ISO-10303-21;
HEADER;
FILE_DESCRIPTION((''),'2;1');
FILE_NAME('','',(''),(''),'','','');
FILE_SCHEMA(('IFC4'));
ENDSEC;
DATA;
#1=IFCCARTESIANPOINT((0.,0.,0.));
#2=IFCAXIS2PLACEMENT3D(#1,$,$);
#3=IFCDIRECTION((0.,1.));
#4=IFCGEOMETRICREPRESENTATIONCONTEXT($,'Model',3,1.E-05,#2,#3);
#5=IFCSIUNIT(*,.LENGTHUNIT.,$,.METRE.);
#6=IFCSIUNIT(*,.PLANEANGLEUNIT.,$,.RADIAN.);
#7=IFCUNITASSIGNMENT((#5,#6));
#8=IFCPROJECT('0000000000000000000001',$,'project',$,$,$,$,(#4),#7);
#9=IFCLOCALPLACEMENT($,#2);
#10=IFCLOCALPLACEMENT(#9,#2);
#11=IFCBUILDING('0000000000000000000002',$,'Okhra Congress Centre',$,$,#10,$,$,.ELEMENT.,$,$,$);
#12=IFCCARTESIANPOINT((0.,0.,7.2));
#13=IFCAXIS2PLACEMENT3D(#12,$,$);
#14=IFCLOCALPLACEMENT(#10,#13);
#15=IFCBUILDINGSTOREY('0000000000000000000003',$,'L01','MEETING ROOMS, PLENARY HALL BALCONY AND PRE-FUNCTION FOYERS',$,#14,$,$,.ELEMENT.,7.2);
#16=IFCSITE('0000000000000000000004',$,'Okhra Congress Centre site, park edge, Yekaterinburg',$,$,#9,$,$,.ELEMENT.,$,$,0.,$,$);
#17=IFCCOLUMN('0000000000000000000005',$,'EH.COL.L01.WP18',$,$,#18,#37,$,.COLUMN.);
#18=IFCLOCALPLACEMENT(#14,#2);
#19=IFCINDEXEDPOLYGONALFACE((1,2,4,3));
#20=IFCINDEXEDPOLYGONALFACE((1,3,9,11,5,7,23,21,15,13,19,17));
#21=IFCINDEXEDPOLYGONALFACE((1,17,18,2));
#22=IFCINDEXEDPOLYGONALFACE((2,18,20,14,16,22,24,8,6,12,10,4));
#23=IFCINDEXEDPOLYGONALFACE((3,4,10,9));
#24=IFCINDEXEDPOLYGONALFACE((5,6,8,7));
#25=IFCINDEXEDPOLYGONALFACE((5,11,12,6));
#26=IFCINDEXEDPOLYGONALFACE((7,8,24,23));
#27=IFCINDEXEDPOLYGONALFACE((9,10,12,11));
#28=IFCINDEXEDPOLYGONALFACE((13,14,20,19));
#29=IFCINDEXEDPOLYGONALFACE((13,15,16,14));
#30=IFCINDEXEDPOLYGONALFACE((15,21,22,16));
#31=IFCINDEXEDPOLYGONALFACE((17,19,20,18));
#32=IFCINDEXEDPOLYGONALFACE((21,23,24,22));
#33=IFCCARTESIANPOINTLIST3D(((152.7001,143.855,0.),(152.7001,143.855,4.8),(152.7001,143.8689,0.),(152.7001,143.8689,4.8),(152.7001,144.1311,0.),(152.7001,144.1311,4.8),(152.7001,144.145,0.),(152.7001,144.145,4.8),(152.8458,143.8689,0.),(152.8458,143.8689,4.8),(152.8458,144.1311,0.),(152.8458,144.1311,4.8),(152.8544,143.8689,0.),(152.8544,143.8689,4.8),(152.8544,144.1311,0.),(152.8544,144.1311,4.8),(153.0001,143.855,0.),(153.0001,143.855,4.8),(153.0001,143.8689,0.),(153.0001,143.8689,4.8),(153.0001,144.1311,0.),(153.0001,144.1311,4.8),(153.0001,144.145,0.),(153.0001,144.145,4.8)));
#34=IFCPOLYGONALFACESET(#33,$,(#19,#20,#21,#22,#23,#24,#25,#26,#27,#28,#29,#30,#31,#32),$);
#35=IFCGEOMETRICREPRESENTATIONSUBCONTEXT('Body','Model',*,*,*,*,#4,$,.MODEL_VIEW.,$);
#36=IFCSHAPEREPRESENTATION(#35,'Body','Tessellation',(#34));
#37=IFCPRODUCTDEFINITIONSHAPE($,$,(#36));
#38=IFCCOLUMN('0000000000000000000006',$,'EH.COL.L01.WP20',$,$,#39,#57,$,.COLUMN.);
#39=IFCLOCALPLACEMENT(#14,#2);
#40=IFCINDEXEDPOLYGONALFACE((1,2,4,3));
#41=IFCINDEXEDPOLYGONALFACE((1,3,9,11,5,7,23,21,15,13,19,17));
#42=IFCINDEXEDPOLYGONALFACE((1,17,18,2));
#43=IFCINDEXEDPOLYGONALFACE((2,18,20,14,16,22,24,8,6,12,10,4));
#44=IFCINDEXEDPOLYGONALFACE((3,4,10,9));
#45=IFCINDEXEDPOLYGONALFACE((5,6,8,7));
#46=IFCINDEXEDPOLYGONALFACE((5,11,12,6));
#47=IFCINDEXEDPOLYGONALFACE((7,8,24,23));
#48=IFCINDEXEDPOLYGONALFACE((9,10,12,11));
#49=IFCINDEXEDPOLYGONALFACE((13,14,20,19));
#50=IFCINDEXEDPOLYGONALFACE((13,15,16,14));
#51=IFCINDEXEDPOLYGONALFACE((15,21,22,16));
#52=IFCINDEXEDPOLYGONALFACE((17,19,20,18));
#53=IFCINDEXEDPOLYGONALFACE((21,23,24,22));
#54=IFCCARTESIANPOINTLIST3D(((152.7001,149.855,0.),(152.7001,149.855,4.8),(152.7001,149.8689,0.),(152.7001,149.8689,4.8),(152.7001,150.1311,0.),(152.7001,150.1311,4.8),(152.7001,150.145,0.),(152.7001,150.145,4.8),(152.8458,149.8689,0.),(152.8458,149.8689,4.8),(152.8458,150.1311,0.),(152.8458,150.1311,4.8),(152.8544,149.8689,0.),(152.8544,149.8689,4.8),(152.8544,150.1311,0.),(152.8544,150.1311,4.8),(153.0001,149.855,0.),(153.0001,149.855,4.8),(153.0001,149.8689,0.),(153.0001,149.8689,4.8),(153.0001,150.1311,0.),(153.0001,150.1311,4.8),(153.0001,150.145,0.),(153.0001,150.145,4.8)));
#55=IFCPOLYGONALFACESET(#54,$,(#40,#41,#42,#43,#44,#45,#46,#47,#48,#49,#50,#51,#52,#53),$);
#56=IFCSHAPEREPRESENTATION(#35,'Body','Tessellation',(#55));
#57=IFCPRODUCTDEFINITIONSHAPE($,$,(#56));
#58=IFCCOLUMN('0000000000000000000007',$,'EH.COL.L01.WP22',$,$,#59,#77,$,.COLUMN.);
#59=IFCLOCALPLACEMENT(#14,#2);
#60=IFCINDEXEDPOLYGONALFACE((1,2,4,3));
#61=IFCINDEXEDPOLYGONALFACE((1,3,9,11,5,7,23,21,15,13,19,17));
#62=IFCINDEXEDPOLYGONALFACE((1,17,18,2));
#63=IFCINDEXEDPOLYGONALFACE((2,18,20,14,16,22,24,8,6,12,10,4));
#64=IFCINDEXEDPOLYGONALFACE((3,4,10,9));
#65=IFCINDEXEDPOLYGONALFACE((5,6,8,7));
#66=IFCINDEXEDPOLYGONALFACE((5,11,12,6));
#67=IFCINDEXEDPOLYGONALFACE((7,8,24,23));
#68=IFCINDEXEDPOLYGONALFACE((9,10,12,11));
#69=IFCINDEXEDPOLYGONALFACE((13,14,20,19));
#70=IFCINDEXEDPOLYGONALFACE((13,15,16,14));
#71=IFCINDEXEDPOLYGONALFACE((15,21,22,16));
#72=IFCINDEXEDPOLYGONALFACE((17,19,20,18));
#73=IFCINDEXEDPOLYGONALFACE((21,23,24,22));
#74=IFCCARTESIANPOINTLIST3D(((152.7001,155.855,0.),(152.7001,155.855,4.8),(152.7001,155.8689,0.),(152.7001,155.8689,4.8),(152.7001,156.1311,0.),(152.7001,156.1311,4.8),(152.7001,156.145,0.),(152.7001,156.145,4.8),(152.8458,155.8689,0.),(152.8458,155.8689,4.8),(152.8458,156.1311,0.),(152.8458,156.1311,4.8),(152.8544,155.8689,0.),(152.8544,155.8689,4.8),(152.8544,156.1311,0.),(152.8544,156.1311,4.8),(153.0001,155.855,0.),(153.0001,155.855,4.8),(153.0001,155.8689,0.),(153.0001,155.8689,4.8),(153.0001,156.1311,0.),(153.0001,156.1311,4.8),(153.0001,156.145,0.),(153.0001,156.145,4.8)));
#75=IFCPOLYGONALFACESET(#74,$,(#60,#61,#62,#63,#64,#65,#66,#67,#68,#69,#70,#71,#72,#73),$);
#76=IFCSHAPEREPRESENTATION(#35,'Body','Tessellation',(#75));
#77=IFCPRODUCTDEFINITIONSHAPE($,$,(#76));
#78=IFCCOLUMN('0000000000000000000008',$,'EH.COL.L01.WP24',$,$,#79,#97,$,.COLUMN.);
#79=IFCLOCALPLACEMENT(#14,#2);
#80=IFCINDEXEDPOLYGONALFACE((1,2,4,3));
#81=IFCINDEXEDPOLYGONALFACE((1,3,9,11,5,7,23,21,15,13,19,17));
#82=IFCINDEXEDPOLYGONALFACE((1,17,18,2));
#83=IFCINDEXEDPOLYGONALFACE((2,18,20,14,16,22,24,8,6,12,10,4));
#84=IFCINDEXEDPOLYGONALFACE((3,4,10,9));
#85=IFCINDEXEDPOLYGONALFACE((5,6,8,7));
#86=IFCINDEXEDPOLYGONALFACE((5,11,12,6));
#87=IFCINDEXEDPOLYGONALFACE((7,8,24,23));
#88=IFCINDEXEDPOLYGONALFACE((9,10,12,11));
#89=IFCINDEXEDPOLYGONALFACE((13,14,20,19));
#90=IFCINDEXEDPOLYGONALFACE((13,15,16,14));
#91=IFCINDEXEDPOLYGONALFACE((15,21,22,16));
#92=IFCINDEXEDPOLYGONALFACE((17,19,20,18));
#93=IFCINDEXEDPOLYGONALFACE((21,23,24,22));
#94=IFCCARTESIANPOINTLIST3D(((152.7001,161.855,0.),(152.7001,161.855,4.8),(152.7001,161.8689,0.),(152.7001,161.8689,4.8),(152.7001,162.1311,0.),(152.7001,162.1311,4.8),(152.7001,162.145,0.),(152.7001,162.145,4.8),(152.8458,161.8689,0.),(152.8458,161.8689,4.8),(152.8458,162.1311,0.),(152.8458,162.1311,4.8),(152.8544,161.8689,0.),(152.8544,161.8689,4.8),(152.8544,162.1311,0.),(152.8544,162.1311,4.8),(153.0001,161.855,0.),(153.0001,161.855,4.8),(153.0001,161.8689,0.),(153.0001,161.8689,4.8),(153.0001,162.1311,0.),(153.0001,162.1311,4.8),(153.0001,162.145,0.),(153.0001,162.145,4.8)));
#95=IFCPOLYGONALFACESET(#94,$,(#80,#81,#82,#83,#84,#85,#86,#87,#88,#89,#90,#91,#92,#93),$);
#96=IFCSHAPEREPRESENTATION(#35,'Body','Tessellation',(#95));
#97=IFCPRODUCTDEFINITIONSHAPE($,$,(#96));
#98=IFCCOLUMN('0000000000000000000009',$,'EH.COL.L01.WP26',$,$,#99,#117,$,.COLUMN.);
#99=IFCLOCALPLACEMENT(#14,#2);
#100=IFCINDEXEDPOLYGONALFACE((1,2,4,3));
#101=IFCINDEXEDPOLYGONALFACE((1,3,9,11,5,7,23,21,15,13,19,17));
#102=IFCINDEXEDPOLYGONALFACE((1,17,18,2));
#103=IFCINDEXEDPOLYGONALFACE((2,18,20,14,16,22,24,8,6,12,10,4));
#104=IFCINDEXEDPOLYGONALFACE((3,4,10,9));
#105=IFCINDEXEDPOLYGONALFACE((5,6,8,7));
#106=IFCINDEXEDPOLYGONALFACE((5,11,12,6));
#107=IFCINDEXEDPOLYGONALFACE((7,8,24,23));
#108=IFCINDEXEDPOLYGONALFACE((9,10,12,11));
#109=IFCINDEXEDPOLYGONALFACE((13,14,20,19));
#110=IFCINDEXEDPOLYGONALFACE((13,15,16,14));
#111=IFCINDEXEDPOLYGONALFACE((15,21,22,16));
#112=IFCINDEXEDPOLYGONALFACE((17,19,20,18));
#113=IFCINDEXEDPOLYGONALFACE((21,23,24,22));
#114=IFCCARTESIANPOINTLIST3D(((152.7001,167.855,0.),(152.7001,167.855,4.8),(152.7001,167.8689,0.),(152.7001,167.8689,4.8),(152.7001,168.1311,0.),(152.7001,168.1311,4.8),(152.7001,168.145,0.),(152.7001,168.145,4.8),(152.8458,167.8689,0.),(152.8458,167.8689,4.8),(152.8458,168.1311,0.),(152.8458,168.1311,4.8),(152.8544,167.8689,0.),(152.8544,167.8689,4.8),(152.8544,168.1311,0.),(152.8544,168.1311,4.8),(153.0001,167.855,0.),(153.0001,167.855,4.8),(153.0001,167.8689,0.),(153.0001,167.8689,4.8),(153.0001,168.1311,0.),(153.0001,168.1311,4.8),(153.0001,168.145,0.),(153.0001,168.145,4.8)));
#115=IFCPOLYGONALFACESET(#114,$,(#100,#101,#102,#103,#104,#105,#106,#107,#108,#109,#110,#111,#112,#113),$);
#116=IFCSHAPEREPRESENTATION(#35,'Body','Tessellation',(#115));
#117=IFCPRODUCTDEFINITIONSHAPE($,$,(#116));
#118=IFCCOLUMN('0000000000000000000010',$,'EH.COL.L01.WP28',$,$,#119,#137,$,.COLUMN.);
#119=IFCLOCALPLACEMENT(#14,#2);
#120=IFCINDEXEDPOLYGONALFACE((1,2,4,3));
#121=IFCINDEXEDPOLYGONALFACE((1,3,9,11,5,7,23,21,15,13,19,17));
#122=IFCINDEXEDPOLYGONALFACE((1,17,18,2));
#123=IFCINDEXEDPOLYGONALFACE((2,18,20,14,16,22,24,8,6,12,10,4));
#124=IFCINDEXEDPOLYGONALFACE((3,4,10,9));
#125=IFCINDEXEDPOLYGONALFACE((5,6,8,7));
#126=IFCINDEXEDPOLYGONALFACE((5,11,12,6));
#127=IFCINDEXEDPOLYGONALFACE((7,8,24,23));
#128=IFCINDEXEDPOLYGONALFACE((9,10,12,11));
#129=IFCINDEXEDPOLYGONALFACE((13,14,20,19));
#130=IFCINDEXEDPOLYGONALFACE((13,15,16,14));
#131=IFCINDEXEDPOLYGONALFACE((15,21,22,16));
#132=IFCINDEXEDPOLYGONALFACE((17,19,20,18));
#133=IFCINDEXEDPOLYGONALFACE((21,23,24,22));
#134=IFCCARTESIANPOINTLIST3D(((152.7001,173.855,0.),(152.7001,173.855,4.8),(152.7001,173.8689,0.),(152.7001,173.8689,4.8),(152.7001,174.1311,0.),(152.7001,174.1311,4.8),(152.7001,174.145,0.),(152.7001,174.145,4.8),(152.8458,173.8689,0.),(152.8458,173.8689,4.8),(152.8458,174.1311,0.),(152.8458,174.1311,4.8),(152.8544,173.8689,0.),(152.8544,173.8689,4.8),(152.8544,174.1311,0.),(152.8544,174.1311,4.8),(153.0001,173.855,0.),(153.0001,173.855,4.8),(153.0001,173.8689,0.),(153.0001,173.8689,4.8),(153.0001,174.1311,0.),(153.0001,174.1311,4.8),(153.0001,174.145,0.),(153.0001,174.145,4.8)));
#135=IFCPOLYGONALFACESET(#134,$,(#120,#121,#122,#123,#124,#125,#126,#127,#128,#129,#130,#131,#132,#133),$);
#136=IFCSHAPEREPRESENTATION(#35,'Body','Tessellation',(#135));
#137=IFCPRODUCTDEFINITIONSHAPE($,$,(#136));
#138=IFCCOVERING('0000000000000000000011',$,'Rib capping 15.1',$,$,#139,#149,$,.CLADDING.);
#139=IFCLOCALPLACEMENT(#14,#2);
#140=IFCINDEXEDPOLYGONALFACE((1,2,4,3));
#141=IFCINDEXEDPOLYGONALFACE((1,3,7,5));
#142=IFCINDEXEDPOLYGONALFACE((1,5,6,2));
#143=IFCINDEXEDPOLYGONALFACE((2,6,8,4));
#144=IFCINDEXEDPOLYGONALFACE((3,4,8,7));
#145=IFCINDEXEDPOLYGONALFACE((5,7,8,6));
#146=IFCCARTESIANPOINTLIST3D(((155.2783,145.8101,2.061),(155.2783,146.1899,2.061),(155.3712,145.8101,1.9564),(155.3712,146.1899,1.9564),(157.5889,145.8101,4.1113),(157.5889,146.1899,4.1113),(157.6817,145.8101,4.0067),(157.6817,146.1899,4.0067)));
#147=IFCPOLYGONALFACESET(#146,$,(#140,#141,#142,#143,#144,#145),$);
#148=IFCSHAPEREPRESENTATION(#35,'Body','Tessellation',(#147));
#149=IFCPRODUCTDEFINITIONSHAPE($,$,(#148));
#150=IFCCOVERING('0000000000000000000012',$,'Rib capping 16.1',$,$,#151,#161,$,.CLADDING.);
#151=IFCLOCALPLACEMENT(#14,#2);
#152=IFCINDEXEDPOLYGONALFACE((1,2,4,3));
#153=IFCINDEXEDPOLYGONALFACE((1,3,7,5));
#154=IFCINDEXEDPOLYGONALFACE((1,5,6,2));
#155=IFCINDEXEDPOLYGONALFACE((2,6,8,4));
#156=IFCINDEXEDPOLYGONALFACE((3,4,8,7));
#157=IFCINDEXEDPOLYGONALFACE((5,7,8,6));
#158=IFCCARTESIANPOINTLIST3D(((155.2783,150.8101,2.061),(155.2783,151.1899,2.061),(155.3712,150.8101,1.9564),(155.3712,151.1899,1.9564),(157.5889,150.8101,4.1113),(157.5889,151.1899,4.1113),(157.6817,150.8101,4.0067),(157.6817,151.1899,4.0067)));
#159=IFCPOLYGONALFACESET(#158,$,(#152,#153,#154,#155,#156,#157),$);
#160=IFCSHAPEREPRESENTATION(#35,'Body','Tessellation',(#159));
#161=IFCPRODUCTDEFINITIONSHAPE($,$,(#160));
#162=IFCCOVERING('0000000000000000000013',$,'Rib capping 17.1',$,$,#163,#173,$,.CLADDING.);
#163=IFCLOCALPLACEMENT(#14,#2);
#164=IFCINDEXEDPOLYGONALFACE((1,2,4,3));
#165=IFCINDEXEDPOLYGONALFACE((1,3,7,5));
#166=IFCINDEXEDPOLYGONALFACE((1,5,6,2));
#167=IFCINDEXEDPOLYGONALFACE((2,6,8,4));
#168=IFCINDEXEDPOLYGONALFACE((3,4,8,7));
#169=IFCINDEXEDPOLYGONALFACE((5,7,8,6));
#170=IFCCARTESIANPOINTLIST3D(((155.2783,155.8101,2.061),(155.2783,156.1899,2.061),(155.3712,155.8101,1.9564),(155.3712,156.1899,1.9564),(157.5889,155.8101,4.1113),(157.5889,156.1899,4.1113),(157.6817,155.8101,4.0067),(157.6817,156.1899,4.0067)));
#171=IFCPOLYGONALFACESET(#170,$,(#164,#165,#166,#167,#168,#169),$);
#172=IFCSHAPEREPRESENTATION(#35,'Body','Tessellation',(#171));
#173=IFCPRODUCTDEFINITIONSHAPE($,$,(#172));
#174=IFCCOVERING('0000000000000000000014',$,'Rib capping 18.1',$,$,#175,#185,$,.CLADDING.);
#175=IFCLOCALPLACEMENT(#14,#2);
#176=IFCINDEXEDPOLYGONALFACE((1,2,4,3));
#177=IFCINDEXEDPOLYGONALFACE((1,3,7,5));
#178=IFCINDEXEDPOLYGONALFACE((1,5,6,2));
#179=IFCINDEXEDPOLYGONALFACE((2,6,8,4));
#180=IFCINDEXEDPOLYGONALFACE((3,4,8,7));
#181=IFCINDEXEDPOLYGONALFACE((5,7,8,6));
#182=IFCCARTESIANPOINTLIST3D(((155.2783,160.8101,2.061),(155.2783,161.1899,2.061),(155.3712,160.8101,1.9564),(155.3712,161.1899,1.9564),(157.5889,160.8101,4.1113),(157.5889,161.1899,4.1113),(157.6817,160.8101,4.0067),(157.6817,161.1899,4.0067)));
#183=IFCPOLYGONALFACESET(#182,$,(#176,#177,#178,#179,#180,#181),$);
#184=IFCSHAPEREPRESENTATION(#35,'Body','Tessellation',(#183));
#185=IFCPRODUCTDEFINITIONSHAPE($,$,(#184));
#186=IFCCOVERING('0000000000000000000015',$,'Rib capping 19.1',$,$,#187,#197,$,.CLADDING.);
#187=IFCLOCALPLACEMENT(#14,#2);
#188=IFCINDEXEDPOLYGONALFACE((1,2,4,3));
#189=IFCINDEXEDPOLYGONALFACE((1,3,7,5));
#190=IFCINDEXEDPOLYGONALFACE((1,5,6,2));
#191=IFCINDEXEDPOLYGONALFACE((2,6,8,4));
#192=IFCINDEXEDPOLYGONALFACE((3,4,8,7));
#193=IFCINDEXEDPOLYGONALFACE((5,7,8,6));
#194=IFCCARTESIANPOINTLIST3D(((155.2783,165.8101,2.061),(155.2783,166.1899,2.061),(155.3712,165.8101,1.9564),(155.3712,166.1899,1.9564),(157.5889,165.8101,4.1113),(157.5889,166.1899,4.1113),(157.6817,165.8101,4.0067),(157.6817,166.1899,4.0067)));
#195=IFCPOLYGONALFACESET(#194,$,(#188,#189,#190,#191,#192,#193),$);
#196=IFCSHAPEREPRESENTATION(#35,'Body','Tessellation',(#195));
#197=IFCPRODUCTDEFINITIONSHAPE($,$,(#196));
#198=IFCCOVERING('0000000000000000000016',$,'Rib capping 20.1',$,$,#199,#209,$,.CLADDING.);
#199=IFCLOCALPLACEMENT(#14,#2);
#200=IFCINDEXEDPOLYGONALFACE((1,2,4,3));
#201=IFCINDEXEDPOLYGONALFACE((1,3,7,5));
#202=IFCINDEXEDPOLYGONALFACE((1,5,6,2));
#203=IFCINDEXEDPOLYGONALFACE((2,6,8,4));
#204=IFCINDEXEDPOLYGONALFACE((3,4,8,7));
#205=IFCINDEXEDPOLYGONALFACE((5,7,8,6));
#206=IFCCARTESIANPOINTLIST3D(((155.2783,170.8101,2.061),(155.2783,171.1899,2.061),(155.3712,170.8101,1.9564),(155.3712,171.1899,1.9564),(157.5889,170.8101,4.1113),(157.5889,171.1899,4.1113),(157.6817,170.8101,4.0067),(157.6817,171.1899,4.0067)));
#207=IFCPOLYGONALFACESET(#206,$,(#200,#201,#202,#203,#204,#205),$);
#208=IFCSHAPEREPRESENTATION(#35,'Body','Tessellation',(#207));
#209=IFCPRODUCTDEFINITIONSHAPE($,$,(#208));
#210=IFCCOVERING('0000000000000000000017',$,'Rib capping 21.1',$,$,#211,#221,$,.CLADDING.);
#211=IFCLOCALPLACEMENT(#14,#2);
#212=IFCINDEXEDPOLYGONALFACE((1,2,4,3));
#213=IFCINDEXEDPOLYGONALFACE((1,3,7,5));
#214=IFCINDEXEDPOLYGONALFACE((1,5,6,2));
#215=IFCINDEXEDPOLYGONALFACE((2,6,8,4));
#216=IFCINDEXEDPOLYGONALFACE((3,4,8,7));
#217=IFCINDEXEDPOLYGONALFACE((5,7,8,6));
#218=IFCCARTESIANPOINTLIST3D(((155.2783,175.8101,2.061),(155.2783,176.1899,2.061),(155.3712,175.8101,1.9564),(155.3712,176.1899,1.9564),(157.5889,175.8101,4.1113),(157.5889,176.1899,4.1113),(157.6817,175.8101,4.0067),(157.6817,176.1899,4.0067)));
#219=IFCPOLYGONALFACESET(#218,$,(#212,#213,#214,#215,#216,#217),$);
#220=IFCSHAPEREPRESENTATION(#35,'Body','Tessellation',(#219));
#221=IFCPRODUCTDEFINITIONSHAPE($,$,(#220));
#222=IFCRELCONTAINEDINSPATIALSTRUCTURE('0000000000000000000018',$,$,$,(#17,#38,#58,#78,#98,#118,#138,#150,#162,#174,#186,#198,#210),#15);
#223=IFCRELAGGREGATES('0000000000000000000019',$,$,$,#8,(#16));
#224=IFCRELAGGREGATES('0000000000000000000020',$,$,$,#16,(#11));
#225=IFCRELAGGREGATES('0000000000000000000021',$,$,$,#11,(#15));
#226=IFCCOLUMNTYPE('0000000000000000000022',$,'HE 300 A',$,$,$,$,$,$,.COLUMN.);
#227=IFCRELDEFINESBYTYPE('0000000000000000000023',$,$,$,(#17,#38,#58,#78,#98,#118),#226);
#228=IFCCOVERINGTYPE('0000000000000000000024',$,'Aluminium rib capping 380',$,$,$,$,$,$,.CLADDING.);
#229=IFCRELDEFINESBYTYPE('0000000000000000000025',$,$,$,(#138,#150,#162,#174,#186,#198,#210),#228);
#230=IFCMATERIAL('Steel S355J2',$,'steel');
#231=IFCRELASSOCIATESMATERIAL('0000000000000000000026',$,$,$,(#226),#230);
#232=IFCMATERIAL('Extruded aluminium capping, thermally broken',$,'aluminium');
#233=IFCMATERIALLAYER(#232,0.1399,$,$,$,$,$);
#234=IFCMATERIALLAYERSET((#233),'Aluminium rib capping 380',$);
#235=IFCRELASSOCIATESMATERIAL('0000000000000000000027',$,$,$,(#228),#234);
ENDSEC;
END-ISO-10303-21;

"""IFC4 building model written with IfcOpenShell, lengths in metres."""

from ifc_helpers import new_model, si_unit, direction, frame, origin, origin_2d, place, context, subcontext, project, spatial, polyline, i_section, outline, extrude, material, layer, layer_set, material_profile, profile_set, type_object, element, save


model = new_model("IFC4")

# Units and contexts
model_context = context("Model", 3, precision=1e-05, world=origin(), true_north=direction((0.0, 1.0)))
body_context = subcontext(model_context, "Body", "Model", "MODEL_VIEW")
ifc_project = project(units=[si_unit("LENGTHUNIT", "METRE"), si_unit("PLANEANGLEUNIT", "RADIAN")], contexts=[model_context])

# Site, building, storey
site_placement = place(None, origin())
site = spatial("IfcSite", under=ifc_project, at=site_placement, Name="Okhra Congress Centre site, park edge, Yekaterinburg", CompositionType="ELEMENT", RefElevation=0.0)
building_placement = place(site_placement, origin())
building = spatial("IfcBuilding", under=site, at=building_placement, Name="Okhra Congress Centre", CompositionType="ELEMENT")
storey_placement = place(building_placement, frame((0.0, 0.0, 7.2)))
storey = spatial("IfcBuildingStorey", under=building, at=storey_placement, Name="L01", Description="MEETING ROOMS, PLENARY HALL BALCONY AND PRE-FUNCTION FOYERS", CompositionType="ELEMENT", Elevation=7.2)

# Columns
ifc_material_1 = material(Name="Steel S355J2", Category="steel")
ifc_material_profile = material_profile(ifc_material_1, i_section(OverallWidth=0.3, OverallDepth=0.29, WebThickness=0.0085, FlangeThickness=0.0139, at=origin_2d()), Name="HE 300 A")
ifc_profile_set = profile_set([ifc_material_profile], Name="Steel S355J2")
column_type = type_object("IfcColumnType", Name="HE 300 A", PredefinedType="COLUMN", material=ifc_profile_set)
for number, where, z_axis, x_axis, name in (
    (1, (152.8501, 144.0, 0.0), (0.0, 0.0, 1.0), (1.0, 0.0, 0.0), "EH.COL.L01.WP18"),
    (2, (152.8501, 150.0, 0.0), (0.0, 0.0, 1.0), (1.0, 0.0, 0.0), "EH.COL.L01.WP20"),
    (3, (152.8501, 156.0, 0.0), (0.0, 0.0, 1.0), (1.0, 0.0, 0.0), "EH.COL.L01.WP22"),
    (4, (152.8501, 162.0, 0.0), (0.0, 0.0, 1.0), (1.0, 0.0, 0.0), "EH.COL.L01.WP24"),
    (5, (152.8501, 168.0, 0.0), (0.0, 0.0, 1.0), (1.0, 0.0, 0.0), "EH.COL.L01.WP26"),
    (6, (152.8501, 174.0, 0.0), (0.0, 0.0, 1.0), (1.0, 0.0, 0.0), "EH.COL.L01.WP28"),
):
    element("IfcColumn", number, at=place(storey_placement, frame(where, z_axis=z_axis, x_axis=x_axis)), inside=storey, type_object=column_type, Name=name, PredefinedType="COLUMN", context=body_context, shape_type="SweptSolid", body=[
        extrude(i_section(OverallWidth=0.3, OverallDepth=0.29, WebThickness=0.0085, FlangeThickness=0.0139, at=origin_2d()), origin(), (0.0, 0.0, 1.0), 4.8),
    ])

# Coverings
ifc_material_2 = material(Name="Extruded aluminium capping, thermally broken", Category="aluminium")
ifc_layer = layer(ifc_material_2, 0.1399)
ifc_layer_set = layer_set([ifc_layer], Name="Aluminium rib capping 380")
covering_type = type_object("IfcCoveringType", Name="Aluminium rib capping 380", PredefinedType="CLADDING", material=ifc_layer_set)
for number, where, z_axis, x_axis, name in (
    (7, (155.2783, 145.8101, 2.061), (-0.663726, 0.0, 0.747976), (0.747976, 0.0, 0.663726), "Rib capping 15.1"),
    (8, (155.2783, 150.8101, 2.061), (-0.663726, 0.0, 0.747976), (0.747976, 0.0, 0.663726), "Rib capping 16.1"),
    (9, (155.2783, 155.8101, 2.061), (-0.663726, 0.0, 0.747976), (0.747976, 0.0, 0.663726), "Rib capping 17.1"),
    (10, (155.2783, 160.8101, 2.061), (-0.663726, 0.0, 0.747976), (0.747976, 0.0, 0.663726), "Rib capping 18.1"),
    (11, (155.2783, 165.8101, 2.061), (-0.663726, 0.0, 0.747976), (0.747976, 0.0, 0.663726), "Rib capping 19.1"),
    (12, (155.2783, 170.8101, 2.061), (-0.663726, 0.0, 0.747976), (0.747976, 0.0, 0.663726), "Rib capping 20.1"),
    (13, (155.2783, 175.8101, 2.061), (-0.663726, 0.0, 0.747976), (0.747976, 0.0, 0.663726), "Rib capping 21.1"),
):
    element("IfcCovering", number, at=place(storey_placement, frame(where, z_axis=z_axis, x_axis=x_axis)), inside=storey, type_object=covering_type, Name=name, PredefinedType="CLADDING", context=body_context, shape_type="SweptSolid", body=[
        extrude(outline(polyline([(0.0, 0.0), (3.0891, 0.0), (3.0891, 0.3799), (0.0, 0.3799), (0.0, 0.0)])), origin(), (0.0, 0.0, -1.0), 0.1399),
    ])

save(model, "model.ifc")
